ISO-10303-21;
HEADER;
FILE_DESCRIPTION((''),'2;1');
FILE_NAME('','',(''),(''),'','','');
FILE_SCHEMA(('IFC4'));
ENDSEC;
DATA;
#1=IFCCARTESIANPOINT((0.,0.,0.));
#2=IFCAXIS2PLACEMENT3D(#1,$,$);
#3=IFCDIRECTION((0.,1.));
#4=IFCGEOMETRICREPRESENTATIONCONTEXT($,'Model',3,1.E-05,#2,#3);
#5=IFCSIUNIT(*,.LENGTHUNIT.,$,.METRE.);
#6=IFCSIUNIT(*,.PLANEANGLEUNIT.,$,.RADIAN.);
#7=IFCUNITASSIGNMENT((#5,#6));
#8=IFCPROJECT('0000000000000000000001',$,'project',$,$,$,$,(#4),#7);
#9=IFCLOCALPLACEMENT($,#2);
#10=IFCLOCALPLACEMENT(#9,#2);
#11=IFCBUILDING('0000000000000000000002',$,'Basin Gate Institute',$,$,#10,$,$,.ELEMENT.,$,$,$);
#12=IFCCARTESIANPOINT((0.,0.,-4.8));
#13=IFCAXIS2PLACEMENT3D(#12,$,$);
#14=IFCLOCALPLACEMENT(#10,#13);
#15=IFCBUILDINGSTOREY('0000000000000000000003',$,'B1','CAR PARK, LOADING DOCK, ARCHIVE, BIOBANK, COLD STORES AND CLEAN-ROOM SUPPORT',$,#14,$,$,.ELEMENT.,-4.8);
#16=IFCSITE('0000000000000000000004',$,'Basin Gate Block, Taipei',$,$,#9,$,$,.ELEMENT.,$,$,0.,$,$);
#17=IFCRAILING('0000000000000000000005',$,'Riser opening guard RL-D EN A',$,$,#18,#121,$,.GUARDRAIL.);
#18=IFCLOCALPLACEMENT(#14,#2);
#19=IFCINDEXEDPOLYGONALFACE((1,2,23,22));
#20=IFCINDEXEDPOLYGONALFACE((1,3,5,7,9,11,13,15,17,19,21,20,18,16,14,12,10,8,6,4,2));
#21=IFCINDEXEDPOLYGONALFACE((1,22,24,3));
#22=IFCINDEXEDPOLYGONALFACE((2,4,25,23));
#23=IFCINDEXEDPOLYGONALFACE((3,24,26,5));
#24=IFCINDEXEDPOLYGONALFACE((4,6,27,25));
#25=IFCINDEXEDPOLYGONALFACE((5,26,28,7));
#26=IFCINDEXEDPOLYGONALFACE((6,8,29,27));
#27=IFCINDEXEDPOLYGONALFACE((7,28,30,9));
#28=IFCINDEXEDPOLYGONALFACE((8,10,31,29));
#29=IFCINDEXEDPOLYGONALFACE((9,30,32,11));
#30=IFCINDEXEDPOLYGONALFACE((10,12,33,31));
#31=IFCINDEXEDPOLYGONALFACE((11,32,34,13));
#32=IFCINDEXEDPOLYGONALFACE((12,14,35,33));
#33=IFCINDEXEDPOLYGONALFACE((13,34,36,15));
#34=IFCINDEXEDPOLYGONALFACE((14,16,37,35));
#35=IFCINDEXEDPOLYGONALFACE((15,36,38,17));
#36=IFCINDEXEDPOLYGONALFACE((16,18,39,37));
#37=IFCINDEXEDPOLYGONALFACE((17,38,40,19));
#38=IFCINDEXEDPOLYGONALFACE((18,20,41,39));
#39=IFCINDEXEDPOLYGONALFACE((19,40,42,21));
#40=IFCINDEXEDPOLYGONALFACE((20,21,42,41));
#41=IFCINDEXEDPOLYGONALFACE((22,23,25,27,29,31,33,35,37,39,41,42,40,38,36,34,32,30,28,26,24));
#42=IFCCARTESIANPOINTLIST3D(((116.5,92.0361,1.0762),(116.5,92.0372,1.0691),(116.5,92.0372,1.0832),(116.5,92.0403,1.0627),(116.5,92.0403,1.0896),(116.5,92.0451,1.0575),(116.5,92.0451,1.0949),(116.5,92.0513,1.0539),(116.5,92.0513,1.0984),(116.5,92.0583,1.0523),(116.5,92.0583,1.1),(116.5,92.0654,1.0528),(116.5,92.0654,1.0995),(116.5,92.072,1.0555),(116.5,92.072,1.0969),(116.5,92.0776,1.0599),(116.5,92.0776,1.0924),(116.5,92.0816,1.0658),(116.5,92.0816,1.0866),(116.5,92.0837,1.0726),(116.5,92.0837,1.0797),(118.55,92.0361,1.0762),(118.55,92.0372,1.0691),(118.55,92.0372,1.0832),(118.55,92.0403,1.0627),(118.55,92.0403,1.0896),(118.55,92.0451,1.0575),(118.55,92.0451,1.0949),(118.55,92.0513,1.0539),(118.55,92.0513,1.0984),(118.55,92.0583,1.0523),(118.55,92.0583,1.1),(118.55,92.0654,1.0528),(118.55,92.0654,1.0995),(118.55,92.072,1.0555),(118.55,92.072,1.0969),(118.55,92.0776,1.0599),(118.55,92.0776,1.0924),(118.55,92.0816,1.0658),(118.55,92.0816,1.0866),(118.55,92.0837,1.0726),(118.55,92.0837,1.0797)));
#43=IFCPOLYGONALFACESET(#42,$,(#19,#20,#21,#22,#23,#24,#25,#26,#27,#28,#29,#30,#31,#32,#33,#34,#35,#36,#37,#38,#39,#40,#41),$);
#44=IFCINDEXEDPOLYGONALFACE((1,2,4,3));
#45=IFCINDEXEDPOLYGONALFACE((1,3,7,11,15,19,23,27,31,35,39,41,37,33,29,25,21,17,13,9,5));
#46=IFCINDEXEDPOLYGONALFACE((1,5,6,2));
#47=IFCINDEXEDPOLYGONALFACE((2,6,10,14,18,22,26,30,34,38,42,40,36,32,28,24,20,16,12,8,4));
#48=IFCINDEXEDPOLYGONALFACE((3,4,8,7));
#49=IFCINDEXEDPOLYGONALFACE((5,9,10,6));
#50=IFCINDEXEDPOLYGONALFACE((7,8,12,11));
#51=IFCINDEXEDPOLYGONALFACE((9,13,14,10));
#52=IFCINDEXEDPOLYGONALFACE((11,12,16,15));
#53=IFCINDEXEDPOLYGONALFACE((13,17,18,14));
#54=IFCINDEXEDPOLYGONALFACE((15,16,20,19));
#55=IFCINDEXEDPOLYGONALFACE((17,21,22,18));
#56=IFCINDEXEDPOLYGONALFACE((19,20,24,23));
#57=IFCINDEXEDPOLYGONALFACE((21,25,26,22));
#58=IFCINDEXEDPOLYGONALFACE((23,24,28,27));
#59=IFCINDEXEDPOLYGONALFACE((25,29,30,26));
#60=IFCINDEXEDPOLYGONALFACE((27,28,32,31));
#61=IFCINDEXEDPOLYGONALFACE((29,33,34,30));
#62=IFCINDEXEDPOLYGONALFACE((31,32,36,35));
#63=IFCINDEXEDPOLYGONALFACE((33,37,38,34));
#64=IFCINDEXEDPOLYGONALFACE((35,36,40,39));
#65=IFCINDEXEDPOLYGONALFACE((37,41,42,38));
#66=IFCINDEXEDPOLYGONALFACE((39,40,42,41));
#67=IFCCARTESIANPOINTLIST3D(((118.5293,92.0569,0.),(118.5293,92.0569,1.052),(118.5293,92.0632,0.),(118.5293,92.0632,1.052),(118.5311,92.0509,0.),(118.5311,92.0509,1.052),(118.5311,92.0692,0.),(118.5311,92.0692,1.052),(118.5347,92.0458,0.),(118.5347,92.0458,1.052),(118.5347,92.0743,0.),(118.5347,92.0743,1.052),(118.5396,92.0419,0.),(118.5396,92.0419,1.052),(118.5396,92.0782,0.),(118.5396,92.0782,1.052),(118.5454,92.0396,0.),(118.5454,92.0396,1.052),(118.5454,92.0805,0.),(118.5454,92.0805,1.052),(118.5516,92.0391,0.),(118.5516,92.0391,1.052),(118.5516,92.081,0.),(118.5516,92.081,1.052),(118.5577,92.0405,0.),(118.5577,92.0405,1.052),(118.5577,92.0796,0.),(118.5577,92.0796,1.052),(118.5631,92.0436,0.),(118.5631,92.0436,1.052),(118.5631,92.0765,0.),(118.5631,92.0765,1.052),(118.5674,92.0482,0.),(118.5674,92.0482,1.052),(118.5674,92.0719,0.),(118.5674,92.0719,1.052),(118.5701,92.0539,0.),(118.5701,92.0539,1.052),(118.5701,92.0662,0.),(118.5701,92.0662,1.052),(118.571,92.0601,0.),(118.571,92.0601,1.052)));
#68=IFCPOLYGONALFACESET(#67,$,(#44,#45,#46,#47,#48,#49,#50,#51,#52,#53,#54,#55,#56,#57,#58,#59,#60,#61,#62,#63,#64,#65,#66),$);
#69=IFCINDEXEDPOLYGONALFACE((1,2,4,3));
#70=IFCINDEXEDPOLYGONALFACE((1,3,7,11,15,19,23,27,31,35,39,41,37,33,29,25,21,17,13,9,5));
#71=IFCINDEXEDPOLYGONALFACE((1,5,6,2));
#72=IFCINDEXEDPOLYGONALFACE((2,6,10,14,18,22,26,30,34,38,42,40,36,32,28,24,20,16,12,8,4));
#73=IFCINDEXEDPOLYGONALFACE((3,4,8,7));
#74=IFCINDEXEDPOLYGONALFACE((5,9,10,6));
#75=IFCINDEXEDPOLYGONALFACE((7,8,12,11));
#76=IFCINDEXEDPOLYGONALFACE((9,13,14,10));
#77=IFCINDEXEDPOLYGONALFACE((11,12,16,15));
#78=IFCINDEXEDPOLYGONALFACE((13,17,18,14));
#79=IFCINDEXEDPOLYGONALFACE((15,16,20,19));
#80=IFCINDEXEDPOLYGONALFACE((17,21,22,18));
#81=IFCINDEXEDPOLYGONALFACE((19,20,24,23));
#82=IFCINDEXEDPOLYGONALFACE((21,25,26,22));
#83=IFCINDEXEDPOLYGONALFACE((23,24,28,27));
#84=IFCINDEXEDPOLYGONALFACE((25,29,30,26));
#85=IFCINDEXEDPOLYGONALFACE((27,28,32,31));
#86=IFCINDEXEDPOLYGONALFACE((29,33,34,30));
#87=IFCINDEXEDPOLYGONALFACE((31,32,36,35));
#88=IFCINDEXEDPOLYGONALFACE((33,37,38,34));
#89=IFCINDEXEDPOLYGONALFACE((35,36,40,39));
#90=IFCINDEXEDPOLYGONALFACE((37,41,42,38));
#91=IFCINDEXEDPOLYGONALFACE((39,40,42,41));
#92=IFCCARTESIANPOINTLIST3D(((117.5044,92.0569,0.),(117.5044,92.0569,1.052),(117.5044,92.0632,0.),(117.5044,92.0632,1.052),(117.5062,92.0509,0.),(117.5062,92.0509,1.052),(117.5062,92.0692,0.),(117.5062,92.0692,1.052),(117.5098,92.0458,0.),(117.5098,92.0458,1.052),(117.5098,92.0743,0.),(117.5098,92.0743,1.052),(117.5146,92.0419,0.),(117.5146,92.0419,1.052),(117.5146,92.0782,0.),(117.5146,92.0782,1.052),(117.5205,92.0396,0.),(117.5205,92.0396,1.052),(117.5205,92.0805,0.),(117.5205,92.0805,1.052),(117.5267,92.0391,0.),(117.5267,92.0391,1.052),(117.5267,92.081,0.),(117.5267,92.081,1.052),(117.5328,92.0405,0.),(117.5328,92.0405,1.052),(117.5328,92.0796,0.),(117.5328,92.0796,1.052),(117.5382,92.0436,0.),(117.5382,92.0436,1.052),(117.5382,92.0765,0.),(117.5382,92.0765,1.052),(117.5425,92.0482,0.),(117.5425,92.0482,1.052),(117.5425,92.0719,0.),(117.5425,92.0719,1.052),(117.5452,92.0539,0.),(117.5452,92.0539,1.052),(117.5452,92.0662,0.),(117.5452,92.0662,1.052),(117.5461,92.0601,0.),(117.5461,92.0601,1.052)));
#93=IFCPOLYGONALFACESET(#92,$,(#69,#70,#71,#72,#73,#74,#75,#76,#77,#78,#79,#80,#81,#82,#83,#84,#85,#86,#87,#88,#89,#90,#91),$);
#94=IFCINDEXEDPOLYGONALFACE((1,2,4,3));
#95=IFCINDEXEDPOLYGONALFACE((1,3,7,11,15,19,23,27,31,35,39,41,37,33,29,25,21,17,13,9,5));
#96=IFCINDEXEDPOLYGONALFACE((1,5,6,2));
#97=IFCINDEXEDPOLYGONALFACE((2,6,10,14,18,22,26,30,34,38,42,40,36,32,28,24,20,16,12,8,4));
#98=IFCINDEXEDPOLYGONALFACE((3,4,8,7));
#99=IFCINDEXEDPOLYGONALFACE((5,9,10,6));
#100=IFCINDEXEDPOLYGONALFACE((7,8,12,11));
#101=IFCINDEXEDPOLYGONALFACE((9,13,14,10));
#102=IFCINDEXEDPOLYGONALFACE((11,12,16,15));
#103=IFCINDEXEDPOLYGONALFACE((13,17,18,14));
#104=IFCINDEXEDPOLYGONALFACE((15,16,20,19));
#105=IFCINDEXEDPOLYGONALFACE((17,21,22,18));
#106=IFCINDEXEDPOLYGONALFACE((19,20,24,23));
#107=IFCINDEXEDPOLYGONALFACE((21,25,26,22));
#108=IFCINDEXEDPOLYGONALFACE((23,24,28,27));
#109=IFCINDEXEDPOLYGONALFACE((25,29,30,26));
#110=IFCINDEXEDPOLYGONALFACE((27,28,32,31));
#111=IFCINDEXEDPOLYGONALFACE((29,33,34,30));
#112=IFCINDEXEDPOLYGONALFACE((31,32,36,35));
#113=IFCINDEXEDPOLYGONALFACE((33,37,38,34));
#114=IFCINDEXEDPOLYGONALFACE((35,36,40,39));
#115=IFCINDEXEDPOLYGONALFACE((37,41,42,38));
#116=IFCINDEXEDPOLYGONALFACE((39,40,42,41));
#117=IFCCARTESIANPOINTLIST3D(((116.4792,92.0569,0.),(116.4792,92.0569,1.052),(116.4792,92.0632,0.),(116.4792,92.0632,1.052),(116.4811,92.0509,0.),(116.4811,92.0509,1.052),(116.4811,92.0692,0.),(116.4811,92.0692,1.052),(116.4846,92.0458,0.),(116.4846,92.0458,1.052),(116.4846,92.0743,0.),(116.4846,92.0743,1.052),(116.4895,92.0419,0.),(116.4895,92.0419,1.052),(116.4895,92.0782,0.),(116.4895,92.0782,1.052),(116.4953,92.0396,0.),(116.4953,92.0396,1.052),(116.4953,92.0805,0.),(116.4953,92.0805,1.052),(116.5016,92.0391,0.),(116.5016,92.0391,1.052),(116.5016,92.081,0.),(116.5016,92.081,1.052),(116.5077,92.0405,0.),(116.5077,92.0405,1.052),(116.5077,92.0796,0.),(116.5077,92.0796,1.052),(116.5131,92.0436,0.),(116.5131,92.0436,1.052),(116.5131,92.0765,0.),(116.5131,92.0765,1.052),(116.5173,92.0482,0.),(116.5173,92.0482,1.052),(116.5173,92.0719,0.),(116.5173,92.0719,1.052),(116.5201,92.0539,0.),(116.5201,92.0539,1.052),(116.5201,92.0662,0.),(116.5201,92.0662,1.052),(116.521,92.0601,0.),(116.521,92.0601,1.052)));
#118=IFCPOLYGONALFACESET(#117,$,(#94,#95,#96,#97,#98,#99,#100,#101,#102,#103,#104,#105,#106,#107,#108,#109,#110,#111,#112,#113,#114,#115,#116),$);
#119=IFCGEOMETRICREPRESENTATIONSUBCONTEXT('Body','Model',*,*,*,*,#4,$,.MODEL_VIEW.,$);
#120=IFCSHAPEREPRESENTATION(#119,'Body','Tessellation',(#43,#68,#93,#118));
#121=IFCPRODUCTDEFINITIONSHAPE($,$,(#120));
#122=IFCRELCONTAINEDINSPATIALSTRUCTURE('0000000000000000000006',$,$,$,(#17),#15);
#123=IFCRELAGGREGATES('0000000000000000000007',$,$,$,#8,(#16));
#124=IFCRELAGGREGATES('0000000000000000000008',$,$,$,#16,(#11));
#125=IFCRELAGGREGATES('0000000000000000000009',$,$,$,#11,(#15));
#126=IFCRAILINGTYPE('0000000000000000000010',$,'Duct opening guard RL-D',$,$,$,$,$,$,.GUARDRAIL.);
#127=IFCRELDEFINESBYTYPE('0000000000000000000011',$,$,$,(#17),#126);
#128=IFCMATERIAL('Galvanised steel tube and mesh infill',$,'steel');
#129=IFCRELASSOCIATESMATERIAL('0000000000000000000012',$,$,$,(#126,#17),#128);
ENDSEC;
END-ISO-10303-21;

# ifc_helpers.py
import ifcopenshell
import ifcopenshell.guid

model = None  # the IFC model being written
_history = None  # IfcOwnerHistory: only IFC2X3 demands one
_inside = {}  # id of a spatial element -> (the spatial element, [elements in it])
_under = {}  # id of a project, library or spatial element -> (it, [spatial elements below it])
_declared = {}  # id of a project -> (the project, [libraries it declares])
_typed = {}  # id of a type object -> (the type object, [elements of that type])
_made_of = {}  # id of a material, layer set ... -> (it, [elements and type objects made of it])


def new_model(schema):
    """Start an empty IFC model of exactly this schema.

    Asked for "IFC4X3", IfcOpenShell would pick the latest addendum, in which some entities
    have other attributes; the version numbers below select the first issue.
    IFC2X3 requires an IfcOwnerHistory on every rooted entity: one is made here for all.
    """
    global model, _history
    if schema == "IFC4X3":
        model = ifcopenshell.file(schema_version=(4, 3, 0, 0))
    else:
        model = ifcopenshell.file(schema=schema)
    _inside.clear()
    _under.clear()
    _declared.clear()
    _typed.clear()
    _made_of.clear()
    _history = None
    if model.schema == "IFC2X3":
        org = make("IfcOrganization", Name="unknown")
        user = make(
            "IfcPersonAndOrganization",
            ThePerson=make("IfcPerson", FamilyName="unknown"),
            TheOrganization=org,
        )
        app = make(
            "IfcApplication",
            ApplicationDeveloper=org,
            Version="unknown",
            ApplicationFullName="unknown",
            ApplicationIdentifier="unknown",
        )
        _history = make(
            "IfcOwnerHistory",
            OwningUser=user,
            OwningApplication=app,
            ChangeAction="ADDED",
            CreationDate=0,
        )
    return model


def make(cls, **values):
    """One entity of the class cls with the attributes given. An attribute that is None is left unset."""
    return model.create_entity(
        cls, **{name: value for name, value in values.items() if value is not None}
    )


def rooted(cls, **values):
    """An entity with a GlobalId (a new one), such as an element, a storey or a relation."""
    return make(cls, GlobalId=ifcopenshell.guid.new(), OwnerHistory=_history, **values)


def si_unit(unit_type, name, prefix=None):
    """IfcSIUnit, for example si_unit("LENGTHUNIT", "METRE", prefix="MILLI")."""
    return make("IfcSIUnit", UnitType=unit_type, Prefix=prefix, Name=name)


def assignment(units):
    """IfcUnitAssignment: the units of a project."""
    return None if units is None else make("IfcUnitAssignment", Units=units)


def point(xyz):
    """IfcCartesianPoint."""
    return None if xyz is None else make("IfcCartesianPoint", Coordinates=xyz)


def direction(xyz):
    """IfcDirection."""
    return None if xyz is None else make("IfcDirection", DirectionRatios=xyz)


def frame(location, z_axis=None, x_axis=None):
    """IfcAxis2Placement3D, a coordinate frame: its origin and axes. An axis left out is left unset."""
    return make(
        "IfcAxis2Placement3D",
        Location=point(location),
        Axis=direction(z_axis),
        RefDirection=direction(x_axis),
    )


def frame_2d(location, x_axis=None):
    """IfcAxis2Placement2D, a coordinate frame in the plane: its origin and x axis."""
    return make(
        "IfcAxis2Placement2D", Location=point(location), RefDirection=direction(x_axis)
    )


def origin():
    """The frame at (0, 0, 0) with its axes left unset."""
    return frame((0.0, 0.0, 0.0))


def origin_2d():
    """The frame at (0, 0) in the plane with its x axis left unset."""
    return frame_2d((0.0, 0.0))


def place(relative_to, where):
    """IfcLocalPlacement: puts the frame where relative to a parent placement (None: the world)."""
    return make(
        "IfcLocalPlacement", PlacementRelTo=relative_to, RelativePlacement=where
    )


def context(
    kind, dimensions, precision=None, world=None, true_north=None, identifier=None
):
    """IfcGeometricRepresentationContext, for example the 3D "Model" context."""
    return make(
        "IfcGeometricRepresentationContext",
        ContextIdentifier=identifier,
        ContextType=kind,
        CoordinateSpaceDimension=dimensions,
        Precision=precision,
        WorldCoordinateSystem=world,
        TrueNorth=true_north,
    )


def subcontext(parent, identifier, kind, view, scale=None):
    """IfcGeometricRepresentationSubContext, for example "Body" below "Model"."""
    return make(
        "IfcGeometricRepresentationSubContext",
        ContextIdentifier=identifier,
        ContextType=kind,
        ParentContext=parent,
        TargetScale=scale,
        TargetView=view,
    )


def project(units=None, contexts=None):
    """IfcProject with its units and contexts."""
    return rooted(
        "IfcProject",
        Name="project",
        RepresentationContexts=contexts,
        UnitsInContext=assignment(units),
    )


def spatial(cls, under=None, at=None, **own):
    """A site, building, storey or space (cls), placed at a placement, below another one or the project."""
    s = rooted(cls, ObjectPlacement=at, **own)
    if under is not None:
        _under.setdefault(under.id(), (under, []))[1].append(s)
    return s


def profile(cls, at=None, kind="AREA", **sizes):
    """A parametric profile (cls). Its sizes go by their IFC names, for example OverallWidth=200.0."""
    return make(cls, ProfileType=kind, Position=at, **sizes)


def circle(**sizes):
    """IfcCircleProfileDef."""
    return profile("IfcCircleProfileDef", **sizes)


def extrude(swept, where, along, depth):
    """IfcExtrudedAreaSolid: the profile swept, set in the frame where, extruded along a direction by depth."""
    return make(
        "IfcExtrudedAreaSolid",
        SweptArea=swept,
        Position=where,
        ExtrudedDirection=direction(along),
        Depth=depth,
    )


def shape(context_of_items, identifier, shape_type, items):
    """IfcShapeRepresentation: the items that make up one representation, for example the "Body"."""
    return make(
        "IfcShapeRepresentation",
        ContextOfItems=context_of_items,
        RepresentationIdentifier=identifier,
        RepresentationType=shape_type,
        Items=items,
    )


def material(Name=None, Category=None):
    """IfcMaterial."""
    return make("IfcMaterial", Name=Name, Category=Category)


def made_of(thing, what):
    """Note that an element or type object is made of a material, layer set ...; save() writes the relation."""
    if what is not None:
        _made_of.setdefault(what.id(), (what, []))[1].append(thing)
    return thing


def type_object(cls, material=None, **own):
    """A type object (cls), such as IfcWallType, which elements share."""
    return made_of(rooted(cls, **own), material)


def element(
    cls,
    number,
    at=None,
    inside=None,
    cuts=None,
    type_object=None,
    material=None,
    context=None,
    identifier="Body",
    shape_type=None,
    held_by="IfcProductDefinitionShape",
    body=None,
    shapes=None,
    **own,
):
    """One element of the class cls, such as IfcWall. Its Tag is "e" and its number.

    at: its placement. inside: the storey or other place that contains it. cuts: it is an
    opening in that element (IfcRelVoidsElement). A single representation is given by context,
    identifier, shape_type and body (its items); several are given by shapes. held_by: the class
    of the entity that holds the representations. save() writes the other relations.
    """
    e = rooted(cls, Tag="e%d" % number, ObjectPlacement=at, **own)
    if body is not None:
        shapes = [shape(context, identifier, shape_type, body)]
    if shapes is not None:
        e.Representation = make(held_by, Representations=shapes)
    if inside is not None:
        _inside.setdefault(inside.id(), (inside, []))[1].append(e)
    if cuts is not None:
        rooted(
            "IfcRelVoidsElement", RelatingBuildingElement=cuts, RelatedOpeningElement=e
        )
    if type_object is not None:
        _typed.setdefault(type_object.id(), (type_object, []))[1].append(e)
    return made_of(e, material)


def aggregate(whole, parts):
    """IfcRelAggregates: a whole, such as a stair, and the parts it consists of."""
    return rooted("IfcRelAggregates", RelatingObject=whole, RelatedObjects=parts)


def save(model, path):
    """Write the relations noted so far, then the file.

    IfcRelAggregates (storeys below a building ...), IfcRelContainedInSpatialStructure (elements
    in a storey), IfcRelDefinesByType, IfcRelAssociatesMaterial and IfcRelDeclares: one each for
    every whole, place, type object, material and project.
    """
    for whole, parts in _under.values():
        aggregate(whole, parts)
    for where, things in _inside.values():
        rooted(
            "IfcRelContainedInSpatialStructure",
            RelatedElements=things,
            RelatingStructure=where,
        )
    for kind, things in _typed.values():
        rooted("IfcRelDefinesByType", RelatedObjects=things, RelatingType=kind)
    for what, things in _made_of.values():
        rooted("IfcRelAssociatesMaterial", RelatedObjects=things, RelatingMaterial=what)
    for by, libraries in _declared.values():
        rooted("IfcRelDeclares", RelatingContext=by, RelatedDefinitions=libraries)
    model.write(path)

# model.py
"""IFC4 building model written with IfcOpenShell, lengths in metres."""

from ifc_helpers import new_model, si_unit, direction, frame, origin, origin_2d, place, context, subcontext, project, spatial, circle, extrude, material, type_object, element, save


model = new_model("IFC4")

# Units and contexts
model_context = context("Model", 3, precision=1e-05, world=origin(), true_north=direction((0.0, 1.0)))
body_context = subcontext(model_context, "Body", "Model", "MODEL_VIEW")
ifc_project = project(units=[si_unit("LENGTHUNIT", "METRE"), si_unit("PLANEANGLEUNIT", "RADIAN")], contexts=[model_context])

# Site, building, storey
site_placement = place(None, origin())
site = spatial("IfcSite", under=ifc_project, at=site_placement, Name="Basin Gate Block, Taipei", CompositionType="ELEMENT", RefElevation=0.0)
building_placement = place(site_placement, origin())
building = spatial("IfcBuilding", under=site, at=building_placement, Name="Basin Gate Institute", CompositionType="ELEMENT")
storey_placement = place(building_placement, frame((0.0, 0.0, -4.8)))
storey = spatial("IfcBuildingStorey", under=building, at=storey_placement, Name="B1", Description="CAR PARK, LOADING DOCK, ARCHIVE, BIOBANK, COLD STORES AND CLEAN-ROOM SUPPORT", CompositionType="ELEMENT", Elevation=-4.8)

# Railing
ifc_material_1 = material(Name="Galvanised steel tube and mesh infill", Category="steel")
railing_type = type_object("IfcRailingType", Name="Duct opening guard RL-D", PredefinedType="GUARDRAIL", material=ifc_material_1)
railing_placement = place(storey_placement, frame((118.55, 92.0601, 0.0)))
element("IfcRailing", 1, at=railing_placement, inside=storey, type_object=railing_type, material=ifc_material_1, Name="Riser opening guard RL-D EN A", PredefinedType="GUARDRAIL", context=body_context, shape_type="SweptSolid", body=[
    extrude(circle(Radius=0.0239, at=origin_2d()), frame((0.0, 0.0, 1.0762), z_axis=(-1.0, 0.0, 0.0), x_axis=(0.0, -1.0, 0.0)), (0.0, 0.0, 1.0), 2.05),
    extrude(circle(Radius=0.021, at=origin_2d()), origin(), (0.0, 0.0, 1.0), 1.052),
    extrude(circle(Radius=0.021, at=origin_2d()), frame((-1.0249, 0.0, 0.0)), (0.0, 0.0, 1.0), 1.052),
    extrude(circle(Radius=0.021, at=origin_2d()), frame((-2.05, 0.0, 0.0)), (0.0, 0.0, 1.0), 1.052),
])

save(model, "model.ifc")
